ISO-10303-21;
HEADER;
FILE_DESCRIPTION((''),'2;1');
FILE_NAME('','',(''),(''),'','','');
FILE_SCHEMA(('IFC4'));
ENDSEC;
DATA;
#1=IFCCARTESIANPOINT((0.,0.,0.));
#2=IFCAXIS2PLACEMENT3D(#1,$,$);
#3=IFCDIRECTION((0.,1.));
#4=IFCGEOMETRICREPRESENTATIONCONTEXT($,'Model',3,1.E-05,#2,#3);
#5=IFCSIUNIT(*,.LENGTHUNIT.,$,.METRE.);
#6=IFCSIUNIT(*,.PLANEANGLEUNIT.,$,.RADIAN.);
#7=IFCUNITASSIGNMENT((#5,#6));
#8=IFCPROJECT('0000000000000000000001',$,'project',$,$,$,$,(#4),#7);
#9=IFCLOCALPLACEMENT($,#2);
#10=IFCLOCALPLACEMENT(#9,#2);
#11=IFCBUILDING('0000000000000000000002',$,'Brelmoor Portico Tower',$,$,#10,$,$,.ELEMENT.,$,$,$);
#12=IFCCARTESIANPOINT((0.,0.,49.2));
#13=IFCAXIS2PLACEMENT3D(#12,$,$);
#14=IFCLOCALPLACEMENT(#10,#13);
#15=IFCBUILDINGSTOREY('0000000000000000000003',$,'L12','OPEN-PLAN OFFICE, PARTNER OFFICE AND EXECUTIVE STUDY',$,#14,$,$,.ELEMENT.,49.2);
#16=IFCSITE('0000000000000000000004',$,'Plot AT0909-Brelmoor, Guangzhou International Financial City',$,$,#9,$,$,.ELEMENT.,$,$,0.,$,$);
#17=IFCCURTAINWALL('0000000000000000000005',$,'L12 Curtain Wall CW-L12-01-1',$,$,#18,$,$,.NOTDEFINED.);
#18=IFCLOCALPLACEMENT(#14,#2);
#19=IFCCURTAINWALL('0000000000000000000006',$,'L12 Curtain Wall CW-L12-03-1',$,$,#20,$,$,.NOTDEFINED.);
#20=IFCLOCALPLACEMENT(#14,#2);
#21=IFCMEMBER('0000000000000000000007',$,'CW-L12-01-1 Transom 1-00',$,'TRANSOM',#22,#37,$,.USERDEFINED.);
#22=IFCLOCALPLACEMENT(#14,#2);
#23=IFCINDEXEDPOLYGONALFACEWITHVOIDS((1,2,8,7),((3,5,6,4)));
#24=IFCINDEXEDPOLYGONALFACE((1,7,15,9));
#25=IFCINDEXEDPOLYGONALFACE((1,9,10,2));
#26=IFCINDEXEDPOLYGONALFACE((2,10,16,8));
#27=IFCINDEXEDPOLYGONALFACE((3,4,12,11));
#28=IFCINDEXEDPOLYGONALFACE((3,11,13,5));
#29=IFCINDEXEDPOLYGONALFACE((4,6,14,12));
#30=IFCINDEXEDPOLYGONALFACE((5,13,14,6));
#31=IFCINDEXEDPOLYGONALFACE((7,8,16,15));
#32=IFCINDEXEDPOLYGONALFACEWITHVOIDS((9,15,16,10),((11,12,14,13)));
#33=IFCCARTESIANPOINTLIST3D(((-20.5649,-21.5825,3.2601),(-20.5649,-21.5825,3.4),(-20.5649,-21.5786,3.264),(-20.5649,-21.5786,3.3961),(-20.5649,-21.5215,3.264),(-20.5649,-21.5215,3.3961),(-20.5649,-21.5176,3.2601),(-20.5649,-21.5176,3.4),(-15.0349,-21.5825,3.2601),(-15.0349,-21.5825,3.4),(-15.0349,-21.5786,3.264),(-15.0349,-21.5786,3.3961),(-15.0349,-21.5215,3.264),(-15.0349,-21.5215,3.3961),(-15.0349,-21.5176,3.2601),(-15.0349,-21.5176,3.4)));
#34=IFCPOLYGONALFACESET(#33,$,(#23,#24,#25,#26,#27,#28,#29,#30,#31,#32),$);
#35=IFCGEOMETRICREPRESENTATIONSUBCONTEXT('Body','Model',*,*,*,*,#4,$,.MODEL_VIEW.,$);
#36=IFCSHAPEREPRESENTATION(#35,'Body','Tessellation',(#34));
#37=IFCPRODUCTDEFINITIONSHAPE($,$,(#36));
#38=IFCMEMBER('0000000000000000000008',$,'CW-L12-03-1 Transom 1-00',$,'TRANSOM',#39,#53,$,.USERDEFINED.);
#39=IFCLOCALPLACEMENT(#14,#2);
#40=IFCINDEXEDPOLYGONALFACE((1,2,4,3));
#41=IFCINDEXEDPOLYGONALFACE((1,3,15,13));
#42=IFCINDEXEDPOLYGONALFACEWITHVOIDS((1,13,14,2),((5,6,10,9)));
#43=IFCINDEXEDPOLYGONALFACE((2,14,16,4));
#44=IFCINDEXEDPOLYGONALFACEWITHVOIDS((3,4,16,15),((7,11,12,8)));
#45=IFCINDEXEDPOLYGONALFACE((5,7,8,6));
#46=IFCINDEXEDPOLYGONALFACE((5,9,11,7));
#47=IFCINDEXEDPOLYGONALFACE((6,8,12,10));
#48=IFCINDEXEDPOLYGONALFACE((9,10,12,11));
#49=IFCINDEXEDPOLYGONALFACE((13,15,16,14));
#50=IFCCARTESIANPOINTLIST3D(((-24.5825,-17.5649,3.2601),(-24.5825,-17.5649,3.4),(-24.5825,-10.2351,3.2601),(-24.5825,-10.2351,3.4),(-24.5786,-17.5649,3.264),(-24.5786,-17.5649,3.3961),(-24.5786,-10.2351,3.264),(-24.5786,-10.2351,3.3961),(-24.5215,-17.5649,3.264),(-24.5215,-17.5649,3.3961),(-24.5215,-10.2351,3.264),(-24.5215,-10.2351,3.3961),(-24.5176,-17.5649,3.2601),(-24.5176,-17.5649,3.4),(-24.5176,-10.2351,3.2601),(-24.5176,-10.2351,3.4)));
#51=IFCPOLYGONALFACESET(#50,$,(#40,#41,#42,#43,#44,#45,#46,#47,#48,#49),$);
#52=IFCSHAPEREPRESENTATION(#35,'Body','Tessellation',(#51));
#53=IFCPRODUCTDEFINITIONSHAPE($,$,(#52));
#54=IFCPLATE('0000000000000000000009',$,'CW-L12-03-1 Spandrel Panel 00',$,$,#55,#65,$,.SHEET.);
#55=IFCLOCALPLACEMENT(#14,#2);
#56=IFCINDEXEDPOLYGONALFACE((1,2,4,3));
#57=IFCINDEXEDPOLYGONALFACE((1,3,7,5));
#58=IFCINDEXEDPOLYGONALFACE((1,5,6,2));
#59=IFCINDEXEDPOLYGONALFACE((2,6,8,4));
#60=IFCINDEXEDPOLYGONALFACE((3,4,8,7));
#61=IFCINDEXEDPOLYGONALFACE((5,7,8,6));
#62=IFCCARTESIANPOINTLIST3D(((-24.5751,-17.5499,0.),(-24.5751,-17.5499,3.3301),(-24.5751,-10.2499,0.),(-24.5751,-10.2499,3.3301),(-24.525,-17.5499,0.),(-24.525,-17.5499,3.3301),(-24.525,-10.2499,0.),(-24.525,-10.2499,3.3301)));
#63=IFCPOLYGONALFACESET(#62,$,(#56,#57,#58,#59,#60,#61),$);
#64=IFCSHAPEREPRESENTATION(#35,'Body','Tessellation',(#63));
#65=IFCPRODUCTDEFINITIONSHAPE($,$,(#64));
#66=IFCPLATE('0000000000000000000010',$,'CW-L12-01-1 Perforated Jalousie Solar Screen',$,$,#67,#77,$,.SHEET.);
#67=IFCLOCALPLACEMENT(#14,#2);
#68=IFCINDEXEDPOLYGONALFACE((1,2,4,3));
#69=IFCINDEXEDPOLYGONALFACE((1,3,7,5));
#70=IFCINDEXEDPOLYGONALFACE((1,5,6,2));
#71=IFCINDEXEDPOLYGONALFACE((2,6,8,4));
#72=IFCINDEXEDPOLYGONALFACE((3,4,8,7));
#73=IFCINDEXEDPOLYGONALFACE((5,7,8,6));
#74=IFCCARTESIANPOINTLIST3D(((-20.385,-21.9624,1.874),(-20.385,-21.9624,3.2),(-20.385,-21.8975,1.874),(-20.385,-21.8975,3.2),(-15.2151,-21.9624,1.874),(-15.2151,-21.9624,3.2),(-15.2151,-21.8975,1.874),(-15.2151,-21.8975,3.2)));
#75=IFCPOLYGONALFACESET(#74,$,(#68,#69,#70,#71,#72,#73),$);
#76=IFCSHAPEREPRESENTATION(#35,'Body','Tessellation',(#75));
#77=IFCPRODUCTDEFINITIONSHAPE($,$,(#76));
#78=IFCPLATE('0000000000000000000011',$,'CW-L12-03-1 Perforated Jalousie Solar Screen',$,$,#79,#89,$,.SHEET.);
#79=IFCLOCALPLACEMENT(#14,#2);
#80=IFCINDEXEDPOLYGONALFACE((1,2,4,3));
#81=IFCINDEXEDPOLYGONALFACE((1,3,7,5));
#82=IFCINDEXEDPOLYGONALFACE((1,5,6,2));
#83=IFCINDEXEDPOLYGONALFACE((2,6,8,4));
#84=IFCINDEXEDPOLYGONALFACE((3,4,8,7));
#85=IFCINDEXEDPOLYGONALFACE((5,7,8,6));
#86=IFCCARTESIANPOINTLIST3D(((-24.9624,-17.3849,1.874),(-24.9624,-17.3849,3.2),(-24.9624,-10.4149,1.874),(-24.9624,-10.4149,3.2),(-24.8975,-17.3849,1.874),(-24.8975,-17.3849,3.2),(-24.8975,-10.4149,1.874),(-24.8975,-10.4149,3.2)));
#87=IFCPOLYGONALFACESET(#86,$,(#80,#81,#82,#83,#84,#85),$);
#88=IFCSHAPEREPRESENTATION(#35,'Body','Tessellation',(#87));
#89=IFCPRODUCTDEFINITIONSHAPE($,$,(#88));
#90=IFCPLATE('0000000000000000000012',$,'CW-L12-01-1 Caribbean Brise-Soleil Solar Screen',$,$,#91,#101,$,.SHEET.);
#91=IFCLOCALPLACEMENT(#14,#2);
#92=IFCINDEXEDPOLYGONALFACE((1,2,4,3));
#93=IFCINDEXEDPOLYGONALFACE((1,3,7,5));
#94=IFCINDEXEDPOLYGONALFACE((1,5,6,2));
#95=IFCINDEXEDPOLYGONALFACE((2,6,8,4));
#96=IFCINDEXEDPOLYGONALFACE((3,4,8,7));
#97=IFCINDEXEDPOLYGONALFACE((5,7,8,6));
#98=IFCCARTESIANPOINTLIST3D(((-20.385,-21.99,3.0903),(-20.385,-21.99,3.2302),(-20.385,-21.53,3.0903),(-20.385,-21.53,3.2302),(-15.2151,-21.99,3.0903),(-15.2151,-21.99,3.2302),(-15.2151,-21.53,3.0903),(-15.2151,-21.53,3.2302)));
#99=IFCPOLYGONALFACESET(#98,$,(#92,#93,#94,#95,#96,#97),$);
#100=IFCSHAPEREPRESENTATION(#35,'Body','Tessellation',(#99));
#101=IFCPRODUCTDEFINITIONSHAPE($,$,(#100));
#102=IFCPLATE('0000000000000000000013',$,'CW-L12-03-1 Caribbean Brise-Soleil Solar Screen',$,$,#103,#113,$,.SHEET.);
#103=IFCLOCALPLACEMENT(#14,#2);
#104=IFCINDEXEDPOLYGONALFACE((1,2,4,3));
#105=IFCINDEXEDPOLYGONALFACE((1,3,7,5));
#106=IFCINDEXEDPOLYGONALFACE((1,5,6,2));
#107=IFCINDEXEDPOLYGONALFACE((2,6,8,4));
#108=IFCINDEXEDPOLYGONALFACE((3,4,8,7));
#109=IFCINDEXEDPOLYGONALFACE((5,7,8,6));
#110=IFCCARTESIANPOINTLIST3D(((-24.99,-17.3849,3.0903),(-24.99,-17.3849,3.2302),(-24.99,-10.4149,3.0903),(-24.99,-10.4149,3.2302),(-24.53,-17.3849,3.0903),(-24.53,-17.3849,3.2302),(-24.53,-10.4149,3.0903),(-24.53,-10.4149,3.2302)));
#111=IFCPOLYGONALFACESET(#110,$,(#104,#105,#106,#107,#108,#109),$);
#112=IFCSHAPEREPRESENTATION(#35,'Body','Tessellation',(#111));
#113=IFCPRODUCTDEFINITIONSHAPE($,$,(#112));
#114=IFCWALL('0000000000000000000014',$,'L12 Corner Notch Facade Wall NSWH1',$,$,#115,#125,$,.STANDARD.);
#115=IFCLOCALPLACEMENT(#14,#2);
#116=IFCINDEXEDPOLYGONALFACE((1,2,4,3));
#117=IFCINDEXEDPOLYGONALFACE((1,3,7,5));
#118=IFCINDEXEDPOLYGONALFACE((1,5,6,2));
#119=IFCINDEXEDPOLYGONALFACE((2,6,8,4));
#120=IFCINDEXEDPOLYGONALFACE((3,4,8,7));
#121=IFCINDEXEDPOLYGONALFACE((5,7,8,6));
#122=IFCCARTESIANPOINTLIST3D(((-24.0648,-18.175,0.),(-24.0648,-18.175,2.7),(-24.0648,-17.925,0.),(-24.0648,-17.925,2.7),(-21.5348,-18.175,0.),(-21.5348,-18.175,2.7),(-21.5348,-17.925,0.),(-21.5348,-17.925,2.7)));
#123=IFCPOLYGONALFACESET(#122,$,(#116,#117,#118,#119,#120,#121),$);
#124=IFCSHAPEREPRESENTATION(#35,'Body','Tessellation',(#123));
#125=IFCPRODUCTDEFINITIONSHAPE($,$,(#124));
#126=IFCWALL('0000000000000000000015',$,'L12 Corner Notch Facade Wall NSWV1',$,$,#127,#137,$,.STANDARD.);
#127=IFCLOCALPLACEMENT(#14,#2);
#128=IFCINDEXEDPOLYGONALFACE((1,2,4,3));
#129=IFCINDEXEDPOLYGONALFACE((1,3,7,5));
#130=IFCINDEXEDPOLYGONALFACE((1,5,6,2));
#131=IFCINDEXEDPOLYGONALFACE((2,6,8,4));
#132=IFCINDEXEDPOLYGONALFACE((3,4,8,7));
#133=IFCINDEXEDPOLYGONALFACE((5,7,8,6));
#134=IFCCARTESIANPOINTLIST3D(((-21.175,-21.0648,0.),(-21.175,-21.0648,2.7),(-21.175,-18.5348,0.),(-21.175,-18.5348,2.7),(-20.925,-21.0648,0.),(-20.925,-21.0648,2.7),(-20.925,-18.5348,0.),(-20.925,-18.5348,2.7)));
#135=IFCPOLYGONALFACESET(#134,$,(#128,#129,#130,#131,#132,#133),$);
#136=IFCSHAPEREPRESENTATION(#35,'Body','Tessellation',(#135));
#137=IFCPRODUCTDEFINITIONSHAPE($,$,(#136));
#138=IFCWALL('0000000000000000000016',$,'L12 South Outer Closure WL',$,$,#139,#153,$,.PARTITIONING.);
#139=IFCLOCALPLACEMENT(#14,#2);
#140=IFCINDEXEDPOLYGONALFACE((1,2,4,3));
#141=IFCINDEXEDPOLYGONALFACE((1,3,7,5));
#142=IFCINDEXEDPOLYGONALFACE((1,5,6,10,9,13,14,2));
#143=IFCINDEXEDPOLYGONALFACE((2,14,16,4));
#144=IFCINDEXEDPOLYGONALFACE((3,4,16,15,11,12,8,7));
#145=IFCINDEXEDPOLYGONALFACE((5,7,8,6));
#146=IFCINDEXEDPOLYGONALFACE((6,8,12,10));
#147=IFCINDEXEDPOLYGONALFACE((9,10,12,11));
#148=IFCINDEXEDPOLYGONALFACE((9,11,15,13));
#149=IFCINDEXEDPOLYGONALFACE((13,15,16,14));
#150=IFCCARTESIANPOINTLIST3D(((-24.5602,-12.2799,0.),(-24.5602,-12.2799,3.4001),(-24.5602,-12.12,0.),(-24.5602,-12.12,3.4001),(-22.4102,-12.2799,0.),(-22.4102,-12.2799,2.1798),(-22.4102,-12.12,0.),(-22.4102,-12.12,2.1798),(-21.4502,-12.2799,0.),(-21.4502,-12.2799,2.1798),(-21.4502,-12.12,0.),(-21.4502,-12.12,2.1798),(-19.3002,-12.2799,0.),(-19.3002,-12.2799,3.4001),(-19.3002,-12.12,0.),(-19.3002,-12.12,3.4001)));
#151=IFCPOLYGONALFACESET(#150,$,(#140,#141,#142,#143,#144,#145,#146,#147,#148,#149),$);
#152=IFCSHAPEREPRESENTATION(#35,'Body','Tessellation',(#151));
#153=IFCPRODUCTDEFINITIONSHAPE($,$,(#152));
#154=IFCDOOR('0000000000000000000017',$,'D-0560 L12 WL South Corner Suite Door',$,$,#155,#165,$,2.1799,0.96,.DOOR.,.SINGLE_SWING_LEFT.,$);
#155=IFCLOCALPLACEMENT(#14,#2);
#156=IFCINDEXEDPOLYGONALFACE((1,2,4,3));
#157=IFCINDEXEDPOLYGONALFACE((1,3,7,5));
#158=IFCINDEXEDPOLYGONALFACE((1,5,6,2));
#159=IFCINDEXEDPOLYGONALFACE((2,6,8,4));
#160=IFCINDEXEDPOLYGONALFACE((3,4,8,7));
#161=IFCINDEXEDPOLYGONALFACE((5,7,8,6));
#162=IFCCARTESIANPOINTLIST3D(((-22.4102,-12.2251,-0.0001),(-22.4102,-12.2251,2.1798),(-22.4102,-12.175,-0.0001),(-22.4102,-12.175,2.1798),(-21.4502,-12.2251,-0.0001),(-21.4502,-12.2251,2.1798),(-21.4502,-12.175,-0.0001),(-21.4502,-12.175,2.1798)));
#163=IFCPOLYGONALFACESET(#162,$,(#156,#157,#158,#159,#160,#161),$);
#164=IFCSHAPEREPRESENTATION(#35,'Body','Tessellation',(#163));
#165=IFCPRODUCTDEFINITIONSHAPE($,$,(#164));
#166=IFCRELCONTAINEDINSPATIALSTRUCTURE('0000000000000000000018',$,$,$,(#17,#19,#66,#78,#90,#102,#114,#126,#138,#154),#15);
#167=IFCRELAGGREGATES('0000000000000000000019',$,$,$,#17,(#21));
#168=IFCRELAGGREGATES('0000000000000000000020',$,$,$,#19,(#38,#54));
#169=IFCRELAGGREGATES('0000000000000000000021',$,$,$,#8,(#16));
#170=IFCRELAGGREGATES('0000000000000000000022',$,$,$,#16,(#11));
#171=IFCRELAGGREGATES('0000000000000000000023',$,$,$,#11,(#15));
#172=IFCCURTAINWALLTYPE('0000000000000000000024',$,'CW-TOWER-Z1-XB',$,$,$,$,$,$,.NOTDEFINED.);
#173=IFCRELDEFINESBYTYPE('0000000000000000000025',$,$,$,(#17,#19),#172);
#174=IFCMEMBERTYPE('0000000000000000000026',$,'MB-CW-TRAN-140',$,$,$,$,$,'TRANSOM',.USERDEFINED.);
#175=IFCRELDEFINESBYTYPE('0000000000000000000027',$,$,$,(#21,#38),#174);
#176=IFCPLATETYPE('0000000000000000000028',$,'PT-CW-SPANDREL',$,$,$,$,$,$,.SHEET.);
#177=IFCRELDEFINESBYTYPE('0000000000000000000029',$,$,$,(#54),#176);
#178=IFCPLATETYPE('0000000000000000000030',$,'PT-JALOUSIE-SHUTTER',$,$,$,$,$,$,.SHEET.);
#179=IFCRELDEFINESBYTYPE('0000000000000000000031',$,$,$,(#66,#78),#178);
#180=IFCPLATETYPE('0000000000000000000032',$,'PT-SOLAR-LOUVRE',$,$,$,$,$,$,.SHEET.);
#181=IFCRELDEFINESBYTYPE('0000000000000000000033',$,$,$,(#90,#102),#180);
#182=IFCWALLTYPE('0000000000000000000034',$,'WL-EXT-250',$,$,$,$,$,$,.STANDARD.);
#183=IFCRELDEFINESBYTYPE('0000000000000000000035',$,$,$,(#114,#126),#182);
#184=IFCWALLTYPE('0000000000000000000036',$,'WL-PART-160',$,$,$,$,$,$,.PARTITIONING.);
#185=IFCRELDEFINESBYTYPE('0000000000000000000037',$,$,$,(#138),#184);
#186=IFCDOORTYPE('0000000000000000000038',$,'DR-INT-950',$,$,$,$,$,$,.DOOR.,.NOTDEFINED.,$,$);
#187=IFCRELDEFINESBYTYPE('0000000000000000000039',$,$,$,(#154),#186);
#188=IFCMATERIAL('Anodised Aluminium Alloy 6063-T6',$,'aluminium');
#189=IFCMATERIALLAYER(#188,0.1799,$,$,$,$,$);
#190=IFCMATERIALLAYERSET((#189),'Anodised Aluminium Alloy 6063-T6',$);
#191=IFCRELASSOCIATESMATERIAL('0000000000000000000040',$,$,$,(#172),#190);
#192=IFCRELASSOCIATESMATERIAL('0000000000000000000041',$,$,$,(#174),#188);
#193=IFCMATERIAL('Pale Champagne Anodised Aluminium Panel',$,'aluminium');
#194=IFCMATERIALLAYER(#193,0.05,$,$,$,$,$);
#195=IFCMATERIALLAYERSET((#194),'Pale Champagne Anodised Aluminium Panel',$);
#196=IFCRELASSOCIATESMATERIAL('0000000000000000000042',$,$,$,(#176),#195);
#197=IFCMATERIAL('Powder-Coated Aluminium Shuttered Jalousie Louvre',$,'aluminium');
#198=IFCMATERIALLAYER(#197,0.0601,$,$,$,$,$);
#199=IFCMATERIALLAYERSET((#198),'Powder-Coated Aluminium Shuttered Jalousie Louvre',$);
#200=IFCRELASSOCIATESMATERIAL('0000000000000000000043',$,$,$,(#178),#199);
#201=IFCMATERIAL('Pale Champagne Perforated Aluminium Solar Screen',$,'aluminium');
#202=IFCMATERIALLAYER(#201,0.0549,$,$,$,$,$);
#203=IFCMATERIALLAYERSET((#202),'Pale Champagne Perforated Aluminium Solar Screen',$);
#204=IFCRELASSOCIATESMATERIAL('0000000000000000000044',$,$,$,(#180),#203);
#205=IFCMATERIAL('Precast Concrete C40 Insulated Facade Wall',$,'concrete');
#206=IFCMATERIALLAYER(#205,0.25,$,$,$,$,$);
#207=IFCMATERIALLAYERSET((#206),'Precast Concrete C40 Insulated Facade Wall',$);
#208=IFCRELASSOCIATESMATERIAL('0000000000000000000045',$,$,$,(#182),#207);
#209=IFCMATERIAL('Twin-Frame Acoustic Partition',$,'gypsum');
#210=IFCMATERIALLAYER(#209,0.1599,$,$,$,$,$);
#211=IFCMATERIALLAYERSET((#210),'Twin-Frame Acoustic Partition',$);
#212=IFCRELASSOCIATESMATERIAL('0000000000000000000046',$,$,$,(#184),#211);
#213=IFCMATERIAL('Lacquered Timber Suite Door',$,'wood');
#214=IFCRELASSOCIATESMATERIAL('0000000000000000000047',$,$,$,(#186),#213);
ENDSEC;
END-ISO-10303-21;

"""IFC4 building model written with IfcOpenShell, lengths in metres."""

from ifc_helpers import new_model, si_unit, direction, frame, frame_2d, origin, origin_2d, place, context, subcontext, project, spatial, rectangle, hollow_rectangle, extrude, material, layer, layer_set, material_profile, profile_set, type_object, element, fill, aggregate, save


model = new_model("IFC4")

# Units and contexts
model_context = context("Model", 3, precision=1e-05, world=origin(), true_north=direction((0.0, 1.0)))
body_context = subcontext(model_context, "Body", "Model", "MODEL_VIEW")
ifc_project = project(units=[si_unit("LENGTHUNIT", "METRE"), si_unit("PLANEANGLEUNIT", "RADIAN")], contexts=[model_context])

# Site, building, storey
site_placement = place(None, origin())
site = spatial("IfcSite", under=ifc_project, at=site_placement, Name="Plot AT0909-Brelmoor, Guangzhou International Financial City", CompositionType="ELEMENT", RefElevation=0.0)
building_placement = place(site_placement, origin())
building = spatial("IfcBuilding", under=site, at=building_placement, Name="Brelmoor Portico Tower", CompositionType="ELEMENT")
storey_placement = place(building_placement, frame((0.0, 0.0, 49.2)))
storey = spatial("IfcBuildingStorey", under=building, at=storey_placement, Name="L12", Description="OPEN-PLAN OFFICE, PARTNER OFFICE AND EXECUTIVE STUDY", CompositionType="ELEMENT", Elevation=49.2)

# Curtain wall
ifc_material_1 = material(Name="Anodised Aluminium Alloy 6063-T6", Category="aluminium")
ifc_layer_1 = layer(ifc_material_1, 0.1799)
ifc_layer_set_1 = layer_set([ifc_layer_1], Name="Anodised Aluminium Alloy 6063-T6")
curtain_wall_type = type_object("IfcCurtainWallType", Name="CW-TOWER-Z1-XB", PredefinedType="NOTDEFINED", material=ifc_layer_set_1)
curtain_wall_1_placement = place(storey_placement, origin())
curtain_wall_1 = element("IfcCurtainWall", 1, at=curtain_wall_1_placement, inside=storey, type_object=curtain_wall_type, Name="L12 Curtain Wall CW-L12-01-1", PredefinedType="NOTDEFINED")

# Curtain wall
curtain_wall_2_placement = place(storey_placement, origin())
curtain_wall_2 = element("IfcCurtainWall", 2, at=curtain_wall_2_placement, inside=storey, type_object=curtain_wall_type, Name="L12 Curtain Wall CW-L12-03-1", PredefinedType="NOTDEFINED")

# Members
ifc_material_profile_1 = material_profile(ifc_material_1, hollow_rectangle(XDim=0.0649, YDim=0.1399, WallThickness=0.0039, at=origin_2d()), Name="ALU TRANSOM 65x140")
ifc_profile_set_1 = profile_set([ifc_material_profile_1], Name="Anodised Aluminium Alloy 6063-T6")
member_type_1 = type_object("IfcMemberType", Name="MB-CW-TRAN-140", ElementType="TRANSOM", PredefinedType="USERDEFINED", material=ifc_profile_set_1)
member_1_placement = place(storey_placement, frame((-20.5649, -21.55, 3.3301), z_axis=(1.0, 0.0, 0.0), x_axis=(0.0, 1.0, 0.0)))
member_1 = element("IfcMember", 3, at=member_1_placement, type_object=member_type_1, Name="CW-L12-01-1 Transom 1-00", ObjectType="TRANSOM", PredefinedType="USERDEFINED", context=body_context, shape_type="SweptSolid", body=[
    extrude(hollow_rectangle(XDim=0.0649, YDim=0.1399, WallThickness=0.0039, at=origin_2d()), origin(), (0.0, 0.0, 1.0), 5.53),
])
aggregate(curtain_wall_1, [member_1])
member_2_placement = place(storey_placement, frame((-24.55, -17.5649, 3.3301), z_axis=(0.0, 1.0, 0.0), x_axis=(-1.0, 0.0, 0.0)))
member_2 = element("IfcMember", 4, at=member_2_placement, type_object=member_type_1, Name="CW-L12-03-1 Transom 1-00", ObjectType="TRANSOM", PredefinedType="USERDEFINED", context=body_context, shape_type="SweptSolid", body=[
    extrude(hollow_rectangle(XDim=0.0649, YDim=0.1399, WallThickness=0.0039, at=origin_2d()), origin(), (0.0, 0.0, 1.0), 7.3298),
])

# Plate
ifc_material_2 = material(Name="Pale Champagne Anodised Aluminium Panel", Category="aluminium")
ifc_layer_2 = layer(ifc_material_2, 0.05)
ifc_layer_set_2 = layer_set([ifc_layer_2], Name="Pale Champagne Anodised Aluminium Panel")
plate_type_1 = type_object("IfcPlateType", Name="PT-CW-SPANDREL", PredefinedType="SHEET", material=ifc_layer_set_2)
plate_1_placement = place(storey_placement, frame((-24.55, -13.8999, 0.0), z_axis=(0.0, 0.0, 1.0), x_axis=(0.0, 1.0, 0.0)))
plate_1 = element("IfcPlate", 5, at=plate_1_placement, type_object=plate_type_1, Name="CW-L12-03-1 Spandrel Panel 00", PredefinedType="SHEET", context=body_context, shape_type="SweptSolid", body=[
    extrude(rectangle(XDim=7.3, YDim=0.05, at=origin_2d()), origin(), (0.0, 0.0, 1.0), 3.3301),
])
aggregate(curtain_wall_2, [member_2, plate_1])

# Plates
ifc_material_3 = material(Name="Powder-Coated Aluminium Shuttered Jalousie Louvre", Category="aluminium")
ifc_layer_3 = layer(ifc_material_3, 0.0601)
ifc_layer_set_3 = layer_set([ifc_layer_3], Name="Powder-Coated Aluminium Shuttered Jalousie Louvre")
plate_type_2 = type_object("IfcPlateType", Name="PT-JALOUSIE-SHUTTER", PredefinedType="SHEET", material=ifc_layer_set_3)
plate_2_placement = place(storey_placement, frame((-17.8, -21.9299, 1.874), z_axis=(0.0, 0.0, 1.0), x_axis=(1.0, 0.0, 0.0)))
element("IfcPlate", 6, at=plate_2_placement, inside=storey, type_object=plate_type_2, Name="CW-L12-01-1 Perforated Jalousie Solar Screen", PredefinedType="SHEET", context=body_context, shape_type="SweptSolid", body=[
    extrude(rectangle(XDim=5.1699, YDim=0.0649, at=origin_2d()), origin(), (0.0, 0.0, 1.0), 1.3259),
])
plate_3_placement = place(storey_placement, frame((-24.9299, -13.8999, 1.874), z_axis=(0.0, 0.0, 1.0), x_axis=(0.0, 1.0, 0.0)))
element("IfcPlate", 7, at=plate_3_placement, inside=storey, type_object=plate_type_2, Name="CW-L12-03-1 Perforated Jalousie Solar Screen", PredefinedType="SHEET", context=body_context, shape_type="SweptSolid", body=[
    extrude(rectangle(XDim=6.97, YDim=0.0649, at=origin_2d()), origin(), (0.0, 0.0, 1.0), 1.3259),
])
ifc_material_4 = material(Name="Pale Champagne Perforated Aluminium Solar Screen", Category="aluminium")
ifc_layer_4 = layer(ifc_material_4, 0.0549)
ifc_layer_set_4 = layer_set([ifc_layer_4], Name="Pale Champagne Perforated Aluminium Solar Screen")
plate_type_3 = type_object("IfcPlateType", Name="PT-SOLAR-LOUVRE", PredefinedType="SHEET", material=ifc_layer_set_4)
plate_4_placement = place(storey_placement, frame((-17.8, -21.76, 3.0903), z_axis=(0.0, 0.0, 1.0), x_axis=(1.0, 0.0, 0.0)))
element("IfcPlate", 8, at=plate_4_placement, inside=storey, type_object=plate_type_3, Name="CW-L12-01-1 Caribbean Brise-Soleil Solar Screen", PredefinedType="SHEET", context=body_context, shape_type="SweptSolid", body=[
    extrude(rectangle(XDim=5.1699, YDim=0.46, at=origin_2d()), origin(), (0.0, 0.0, 1.0), 0.1399),
])
plate_5_placement = place(storey_placement, frame((-24.76, -13.8999, 3.0903), z_axis=(0.0, 0.0, 1.0), x_axis=(0.0, 1.0, 0.0)))
element("IfcPlate", 9, at=plate_5_placement, inside=storey, type_object=plate_type_3, Name="CW-L12-03-1 Caribbean Brise-Soleil Solar Screen", PredefinedType="SHEET", context=body_context, shape_type="SweptSolid", body=[
    extrude(rectangle(XDim=6.97, YDim=0.46, at=origin_2d()), origin(), (0.0, 0.0, 1.0), 0.1399),
])

# Walls
ifc_material_5 = material(Name="Precast Concrete C40 Insulated Facade Wall", Category="concrete")
ifc_layer_5 = layer(ifc_material_5, 0.25)
ifc_layer_set_5 = layer_set([ifc_layer_5], Name="Precast Concrete C40 Insulated Facade Wall")
wall_type_1 = type_object("IfcWallType", Name="WL-EXT-250", PredefinedType="STANDARD", material=ifc_layer_set_5)
for number, where, z_axis, x_axis, name in (
    (10, (-24.0649, -18.05, 0.0), (0.0, 0.0, 1.0), (1.0, 0.0, 0.0), "L12 Corner Notch Facade Wall NSWH1"),
    (11, (-21.05, -21.0649, 0.0), (0.0, 0.0, 1.0), (0.0, 1.0, 0.0), "L12 Corner Notch Facade Wall NSWV1"),
):
    element("IfcWall", number, at=place(storey_placement, frame(where, z_axis=z_axis, x_axis=x_axis)), inside=storey, type_object=wall_type_1, Name=name, PredefinedType="STANDARD", context=body_context, shape_type="SweptSolid", body=[
        extrude(rectangle(XDim=2.53, YDim=0.25, at=frame_2d((1.2651, 0.0))), origin(), (0.0, 0.0, 1.0), 2.7),
    ])

# Wall, opening, door
ifc_material_6 = material(Name="Twin-Frame Acoustic Partition", Category="gypsum")
ifc_layer_6 = layer(ifc_material_6, 0.1599)
ifc_layer_set_6 = layer_set([ifc_layer_6], Name="Twin-Frame Acoustic Partition")
wall_type_2 = type_object("IfcWallType", Name="WL-PART-160", PredefinedType="PARTITIONING", material=ifc_layer_set_6)
wall_1_placement = place(storey_placement, frame((-24.5601, -12.2, 0.0), z_axis=(0.0, 0.0, 1.0), x_axis=(1.0, 0.0, 0.0)))
wall_1 = element("IfcWall", 12, at=wall_1_placement, inside=storey, type_object=wall_type_2, Name="L12 South Outer Closure WL", PredefinedType="PARTITIONING", context=body_context, shape_type="SweptSolid", body=[
    extrude(rectangle(XDim=5.26, YDim=0.1599, at=frame_2d((2.6299, 0.0))), origin(), (0.0, 0.0, 1.0), 3.4001),
])
opening_1_placement = place(wall_1_placement, frame((2.1499, 0.0, 0.0)))
opening_1 = element("IfcOpeningElement", 13, at=opening_1_placement, cuts=wall_1, PredefinedType="OPENING", context=body_context, shape_type="SweptSolid", body=[
    extrude(rectangle(XDim=0.96, YDim=2.1799, at=frame_2d((0.48, 1.0898))), frame((0.0, 0.0898, 0.0), z_axis=(0.0, -1.0, 0.0), x_axis=(1.0, 0.0, 0.0)), (0.0, 0.0, 1.0), 0.1799),
])
ifc_material_7 = material(Name="Lacquered Timber Suite Door", Category="wood")
door_type_1 = type_object("IfcDoorType", Name="DR-INT-950", OperationType="NOTDEFINED", PredefinedType="DOOR", material=ifc_material_7)
door_1_placement = place(opening_1_placement, origin())
door_1 = element("IfcDoor", 14, at=door_1_placement, inside=storey, type_object=door_type_1, Name="D-0560 L12 WL South Corner Suite Door", OperationType="SINGLE_SWING_LEFT", OverallHeight=2.1799, OverallWidth=0.96, PredefinedType="DOOR", context=body_context, shape_type="SweptSolid", body=[
    extrude(rectangle(XDim=0.96, YDim=2.1799, at=frame_2d((0.48, 1.0898))), frame((0.0, 0.0249, 0.0), z_axis=(0.0, -1.0, 0.0), x_axis=(1.0, 0.0, 0.0)), (0.0, 0.0, 1.0), 0.05),
])
fill(opening_1, door_1)

save(model, "model.ifc")
